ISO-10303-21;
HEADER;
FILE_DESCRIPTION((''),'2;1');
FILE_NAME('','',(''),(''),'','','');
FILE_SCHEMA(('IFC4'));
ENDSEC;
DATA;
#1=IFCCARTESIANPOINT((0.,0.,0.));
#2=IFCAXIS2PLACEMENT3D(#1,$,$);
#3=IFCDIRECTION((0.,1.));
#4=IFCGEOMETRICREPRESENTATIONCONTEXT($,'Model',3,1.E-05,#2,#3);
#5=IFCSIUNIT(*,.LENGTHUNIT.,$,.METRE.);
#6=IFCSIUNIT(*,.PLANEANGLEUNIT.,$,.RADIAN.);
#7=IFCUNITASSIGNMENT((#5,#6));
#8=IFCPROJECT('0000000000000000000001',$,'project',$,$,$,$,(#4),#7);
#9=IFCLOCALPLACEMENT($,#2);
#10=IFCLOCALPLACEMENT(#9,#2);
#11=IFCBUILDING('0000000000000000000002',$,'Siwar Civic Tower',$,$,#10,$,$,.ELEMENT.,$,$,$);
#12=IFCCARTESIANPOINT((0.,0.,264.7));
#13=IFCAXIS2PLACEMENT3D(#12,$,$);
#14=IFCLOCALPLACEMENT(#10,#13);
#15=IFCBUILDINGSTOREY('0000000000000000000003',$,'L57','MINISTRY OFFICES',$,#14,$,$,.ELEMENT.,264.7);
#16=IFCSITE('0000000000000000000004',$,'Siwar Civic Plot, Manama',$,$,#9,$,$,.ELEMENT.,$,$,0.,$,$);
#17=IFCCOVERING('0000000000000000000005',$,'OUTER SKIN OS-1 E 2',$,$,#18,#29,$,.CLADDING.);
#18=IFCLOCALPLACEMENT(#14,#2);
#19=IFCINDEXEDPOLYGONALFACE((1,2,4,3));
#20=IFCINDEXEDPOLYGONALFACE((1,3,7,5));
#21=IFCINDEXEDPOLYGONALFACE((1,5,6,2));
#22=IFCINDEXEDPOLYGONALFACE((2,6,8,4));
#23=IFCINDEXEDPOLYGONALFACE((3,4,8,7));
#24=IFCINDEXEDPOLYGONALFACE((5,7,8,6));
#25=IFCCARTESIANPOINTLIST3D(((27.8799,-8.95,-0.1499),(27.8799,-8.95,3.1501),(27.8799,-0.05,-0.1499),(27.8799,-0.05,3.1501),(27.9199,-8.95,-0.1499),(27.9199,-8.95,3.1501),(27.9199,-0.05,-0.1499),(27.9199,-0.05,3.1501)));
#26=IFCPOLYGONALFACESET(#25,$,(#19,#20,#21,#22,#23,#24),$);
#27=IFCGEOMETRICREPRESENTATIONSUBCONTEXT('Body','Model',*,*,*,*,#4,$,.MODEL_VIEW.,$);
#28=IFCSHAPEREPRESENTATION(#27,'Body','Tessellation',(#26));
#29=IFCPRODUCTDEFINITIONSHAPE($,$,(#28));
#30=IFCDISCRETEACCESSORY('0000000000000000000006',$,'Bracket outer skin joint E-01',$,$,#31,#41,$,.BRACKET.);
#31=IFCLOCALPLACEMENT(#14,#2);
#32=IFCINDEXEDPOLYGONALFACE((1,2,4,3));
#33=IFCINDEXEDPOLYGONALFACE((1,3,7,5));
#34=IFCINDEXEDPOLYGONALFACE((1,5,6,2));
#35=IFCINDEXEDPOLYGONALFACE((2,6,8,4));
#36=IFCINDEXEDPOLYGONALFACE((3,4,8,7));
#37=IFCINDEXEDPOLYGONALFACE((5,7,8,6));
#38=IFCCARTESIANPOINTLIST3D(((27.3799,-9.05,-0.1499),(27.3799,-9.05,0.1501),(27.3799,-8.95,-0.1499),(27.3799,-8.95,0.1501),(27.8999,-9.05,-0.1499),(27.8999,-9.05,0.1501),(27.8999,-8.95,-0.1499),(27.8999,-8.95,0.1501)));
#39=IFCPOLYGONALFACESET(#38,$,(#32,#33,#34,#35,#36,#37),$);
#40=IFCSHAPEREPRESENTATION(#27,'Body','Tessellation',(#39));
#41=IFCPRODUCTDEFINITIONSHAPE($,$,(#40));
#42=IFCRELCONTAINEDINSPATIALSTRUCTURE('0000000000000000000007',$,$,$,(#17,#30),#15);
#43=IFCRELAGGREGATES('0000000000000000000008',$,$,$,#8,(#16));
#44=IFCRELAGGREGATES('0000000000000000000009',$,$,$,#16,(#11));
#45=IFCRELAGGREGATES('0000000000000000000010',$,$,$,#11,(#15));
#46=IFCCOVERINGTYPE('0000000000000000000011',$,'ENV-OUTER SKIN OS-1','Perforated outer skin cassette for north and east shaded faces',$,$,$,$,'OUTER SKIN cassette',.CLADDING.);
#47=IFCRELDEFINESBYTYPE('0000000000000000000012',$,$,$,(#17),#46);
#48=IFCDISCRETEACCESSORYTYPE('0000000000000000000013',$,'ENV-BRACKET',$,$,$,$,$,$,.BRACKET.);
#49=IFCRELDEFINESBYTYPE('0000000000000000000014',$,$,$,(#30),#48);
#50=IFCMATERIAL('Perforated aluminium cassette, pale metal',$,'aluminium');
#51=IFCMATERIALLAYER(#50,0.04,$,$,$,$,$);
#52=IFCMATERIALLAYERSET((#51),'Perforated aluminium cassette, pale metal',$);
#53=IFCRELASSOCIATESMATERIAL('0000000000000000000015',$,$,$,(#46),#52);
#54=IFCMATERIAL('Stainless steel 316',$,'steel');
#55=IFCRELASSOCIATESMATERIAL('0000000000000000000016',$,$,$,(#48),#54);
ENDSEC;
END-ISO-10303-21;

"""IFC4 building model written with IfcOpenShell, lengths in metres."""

from ifc_helpers import new_model, si_unit, direction, frame, origin, origin_2d, place, context, subcontext, project, spatial, rectangle, extrude, material, layer, layer_set, type_object, element, save


model = new_model("IFC4")

# Units and contexts
model_context = context("Model", 3, precision=1e-05, world=origin(), true_north=direction((0.0, 1.0)))
body_context = subcontext(model_context, "Body", "Model", "MODEL_VIEW")
ifc_project = project(units=[si_unit("LENGTHUNIT", "METRE"), si_unit("PLANEANGLEUNIT", "RADIAN")], contexts=[model_context])

# Site, building, storey
site_placement = place(None, origin())
site = spatial("IfcSite", under=ifc_project, at=site_placement, Name="Siwar Civic Plot, Manama", CompositionType="ELEMENT", RefElevation=0.0)
building_placement = place(site_placement, origin())
building = spatial("IfcBuilding", under=site, at=building_placement, Name="Siwar Civic Tower", CompositionType="ELEMENT")
storey_placement = place(building_placement, frame((0.0, 0.0, 264.7)))
storey = spatial("IfcBuildingStorey", under=building, at=storey_placement, Name="L57", Description="MINISTRY OFFICES", CompositionType="ELEMENT", Elevation=264.7)

# Covering
ifc_material_1 = material(Name="Perforated aluminium cassette, pale metal", Category="aluminium")
ifc_layer_1 = layer(ifc_material_1, 0.04)
ifc_layer_set_1 = layer_set([ifc_layer_1], Name="Perforated aluminium cassette, pale metal")
covering_type = type_object("IfcCoveringType", Name="ENV-OUTER SKIN OS-1", Description="Perforated outer skin cassette for north and east shaded faces", ElementType="OUTER SKIN cassette", PredefinedType="CLADDING", material=ifc_layer_set_1)
covering_placement = place(storey_placement, frame((27.8999, -4.5, -0.1499), z_axis=(0.0, 0.0, 1.0), x_axis=(0.0, 1.0, 0.0)))
element("IfcCovering", 1, at=covering_placement, inside=storey, type_object=covering_type, Name="OUTER SKIN OS-1 E 2", PredefinedType="CLADDING", context=body_context, shape_type="SweptSolid", body=[
    extrude(rectangle(XDim=8.8999, YDim=0.04, at=origin_2d()), origin(), (0.0, 0.0, 1.0), 3.3),
])

# Discrete accessory
ifc_material_2 = material(Name="Stainless steel 316", Category="steel")
discrete_accessory_type = type_object("IfcDiscreteAccessoryType", Name="ENV-BRACKET", PredefinedType="BRACKET", material=ifc_material_2)
discrete_accessory_placement = place(storey_placement, frame((27.6399, -9.0, -0.1499), z_axis=(0.0, 0.0, 1.0), x_axis=(1.0, 0.0, 0.0)))
element("IfcDiscreteAccessory", 2, at=discrete_accessory_placement, inside=storey, type_object=discrete_accessory_type, Name="Bracket outer skin joint E-01", PredefinedType="BRACKET", context=body_context, shape_type="SweptSolid", body=[
    extrude(rectangle(XDim=0.52, YDim=0.1001, at=origin_2d()), origin(), (0.0, 0.0, 1.0), 0.3),
])

save(model, "model.ifc")
